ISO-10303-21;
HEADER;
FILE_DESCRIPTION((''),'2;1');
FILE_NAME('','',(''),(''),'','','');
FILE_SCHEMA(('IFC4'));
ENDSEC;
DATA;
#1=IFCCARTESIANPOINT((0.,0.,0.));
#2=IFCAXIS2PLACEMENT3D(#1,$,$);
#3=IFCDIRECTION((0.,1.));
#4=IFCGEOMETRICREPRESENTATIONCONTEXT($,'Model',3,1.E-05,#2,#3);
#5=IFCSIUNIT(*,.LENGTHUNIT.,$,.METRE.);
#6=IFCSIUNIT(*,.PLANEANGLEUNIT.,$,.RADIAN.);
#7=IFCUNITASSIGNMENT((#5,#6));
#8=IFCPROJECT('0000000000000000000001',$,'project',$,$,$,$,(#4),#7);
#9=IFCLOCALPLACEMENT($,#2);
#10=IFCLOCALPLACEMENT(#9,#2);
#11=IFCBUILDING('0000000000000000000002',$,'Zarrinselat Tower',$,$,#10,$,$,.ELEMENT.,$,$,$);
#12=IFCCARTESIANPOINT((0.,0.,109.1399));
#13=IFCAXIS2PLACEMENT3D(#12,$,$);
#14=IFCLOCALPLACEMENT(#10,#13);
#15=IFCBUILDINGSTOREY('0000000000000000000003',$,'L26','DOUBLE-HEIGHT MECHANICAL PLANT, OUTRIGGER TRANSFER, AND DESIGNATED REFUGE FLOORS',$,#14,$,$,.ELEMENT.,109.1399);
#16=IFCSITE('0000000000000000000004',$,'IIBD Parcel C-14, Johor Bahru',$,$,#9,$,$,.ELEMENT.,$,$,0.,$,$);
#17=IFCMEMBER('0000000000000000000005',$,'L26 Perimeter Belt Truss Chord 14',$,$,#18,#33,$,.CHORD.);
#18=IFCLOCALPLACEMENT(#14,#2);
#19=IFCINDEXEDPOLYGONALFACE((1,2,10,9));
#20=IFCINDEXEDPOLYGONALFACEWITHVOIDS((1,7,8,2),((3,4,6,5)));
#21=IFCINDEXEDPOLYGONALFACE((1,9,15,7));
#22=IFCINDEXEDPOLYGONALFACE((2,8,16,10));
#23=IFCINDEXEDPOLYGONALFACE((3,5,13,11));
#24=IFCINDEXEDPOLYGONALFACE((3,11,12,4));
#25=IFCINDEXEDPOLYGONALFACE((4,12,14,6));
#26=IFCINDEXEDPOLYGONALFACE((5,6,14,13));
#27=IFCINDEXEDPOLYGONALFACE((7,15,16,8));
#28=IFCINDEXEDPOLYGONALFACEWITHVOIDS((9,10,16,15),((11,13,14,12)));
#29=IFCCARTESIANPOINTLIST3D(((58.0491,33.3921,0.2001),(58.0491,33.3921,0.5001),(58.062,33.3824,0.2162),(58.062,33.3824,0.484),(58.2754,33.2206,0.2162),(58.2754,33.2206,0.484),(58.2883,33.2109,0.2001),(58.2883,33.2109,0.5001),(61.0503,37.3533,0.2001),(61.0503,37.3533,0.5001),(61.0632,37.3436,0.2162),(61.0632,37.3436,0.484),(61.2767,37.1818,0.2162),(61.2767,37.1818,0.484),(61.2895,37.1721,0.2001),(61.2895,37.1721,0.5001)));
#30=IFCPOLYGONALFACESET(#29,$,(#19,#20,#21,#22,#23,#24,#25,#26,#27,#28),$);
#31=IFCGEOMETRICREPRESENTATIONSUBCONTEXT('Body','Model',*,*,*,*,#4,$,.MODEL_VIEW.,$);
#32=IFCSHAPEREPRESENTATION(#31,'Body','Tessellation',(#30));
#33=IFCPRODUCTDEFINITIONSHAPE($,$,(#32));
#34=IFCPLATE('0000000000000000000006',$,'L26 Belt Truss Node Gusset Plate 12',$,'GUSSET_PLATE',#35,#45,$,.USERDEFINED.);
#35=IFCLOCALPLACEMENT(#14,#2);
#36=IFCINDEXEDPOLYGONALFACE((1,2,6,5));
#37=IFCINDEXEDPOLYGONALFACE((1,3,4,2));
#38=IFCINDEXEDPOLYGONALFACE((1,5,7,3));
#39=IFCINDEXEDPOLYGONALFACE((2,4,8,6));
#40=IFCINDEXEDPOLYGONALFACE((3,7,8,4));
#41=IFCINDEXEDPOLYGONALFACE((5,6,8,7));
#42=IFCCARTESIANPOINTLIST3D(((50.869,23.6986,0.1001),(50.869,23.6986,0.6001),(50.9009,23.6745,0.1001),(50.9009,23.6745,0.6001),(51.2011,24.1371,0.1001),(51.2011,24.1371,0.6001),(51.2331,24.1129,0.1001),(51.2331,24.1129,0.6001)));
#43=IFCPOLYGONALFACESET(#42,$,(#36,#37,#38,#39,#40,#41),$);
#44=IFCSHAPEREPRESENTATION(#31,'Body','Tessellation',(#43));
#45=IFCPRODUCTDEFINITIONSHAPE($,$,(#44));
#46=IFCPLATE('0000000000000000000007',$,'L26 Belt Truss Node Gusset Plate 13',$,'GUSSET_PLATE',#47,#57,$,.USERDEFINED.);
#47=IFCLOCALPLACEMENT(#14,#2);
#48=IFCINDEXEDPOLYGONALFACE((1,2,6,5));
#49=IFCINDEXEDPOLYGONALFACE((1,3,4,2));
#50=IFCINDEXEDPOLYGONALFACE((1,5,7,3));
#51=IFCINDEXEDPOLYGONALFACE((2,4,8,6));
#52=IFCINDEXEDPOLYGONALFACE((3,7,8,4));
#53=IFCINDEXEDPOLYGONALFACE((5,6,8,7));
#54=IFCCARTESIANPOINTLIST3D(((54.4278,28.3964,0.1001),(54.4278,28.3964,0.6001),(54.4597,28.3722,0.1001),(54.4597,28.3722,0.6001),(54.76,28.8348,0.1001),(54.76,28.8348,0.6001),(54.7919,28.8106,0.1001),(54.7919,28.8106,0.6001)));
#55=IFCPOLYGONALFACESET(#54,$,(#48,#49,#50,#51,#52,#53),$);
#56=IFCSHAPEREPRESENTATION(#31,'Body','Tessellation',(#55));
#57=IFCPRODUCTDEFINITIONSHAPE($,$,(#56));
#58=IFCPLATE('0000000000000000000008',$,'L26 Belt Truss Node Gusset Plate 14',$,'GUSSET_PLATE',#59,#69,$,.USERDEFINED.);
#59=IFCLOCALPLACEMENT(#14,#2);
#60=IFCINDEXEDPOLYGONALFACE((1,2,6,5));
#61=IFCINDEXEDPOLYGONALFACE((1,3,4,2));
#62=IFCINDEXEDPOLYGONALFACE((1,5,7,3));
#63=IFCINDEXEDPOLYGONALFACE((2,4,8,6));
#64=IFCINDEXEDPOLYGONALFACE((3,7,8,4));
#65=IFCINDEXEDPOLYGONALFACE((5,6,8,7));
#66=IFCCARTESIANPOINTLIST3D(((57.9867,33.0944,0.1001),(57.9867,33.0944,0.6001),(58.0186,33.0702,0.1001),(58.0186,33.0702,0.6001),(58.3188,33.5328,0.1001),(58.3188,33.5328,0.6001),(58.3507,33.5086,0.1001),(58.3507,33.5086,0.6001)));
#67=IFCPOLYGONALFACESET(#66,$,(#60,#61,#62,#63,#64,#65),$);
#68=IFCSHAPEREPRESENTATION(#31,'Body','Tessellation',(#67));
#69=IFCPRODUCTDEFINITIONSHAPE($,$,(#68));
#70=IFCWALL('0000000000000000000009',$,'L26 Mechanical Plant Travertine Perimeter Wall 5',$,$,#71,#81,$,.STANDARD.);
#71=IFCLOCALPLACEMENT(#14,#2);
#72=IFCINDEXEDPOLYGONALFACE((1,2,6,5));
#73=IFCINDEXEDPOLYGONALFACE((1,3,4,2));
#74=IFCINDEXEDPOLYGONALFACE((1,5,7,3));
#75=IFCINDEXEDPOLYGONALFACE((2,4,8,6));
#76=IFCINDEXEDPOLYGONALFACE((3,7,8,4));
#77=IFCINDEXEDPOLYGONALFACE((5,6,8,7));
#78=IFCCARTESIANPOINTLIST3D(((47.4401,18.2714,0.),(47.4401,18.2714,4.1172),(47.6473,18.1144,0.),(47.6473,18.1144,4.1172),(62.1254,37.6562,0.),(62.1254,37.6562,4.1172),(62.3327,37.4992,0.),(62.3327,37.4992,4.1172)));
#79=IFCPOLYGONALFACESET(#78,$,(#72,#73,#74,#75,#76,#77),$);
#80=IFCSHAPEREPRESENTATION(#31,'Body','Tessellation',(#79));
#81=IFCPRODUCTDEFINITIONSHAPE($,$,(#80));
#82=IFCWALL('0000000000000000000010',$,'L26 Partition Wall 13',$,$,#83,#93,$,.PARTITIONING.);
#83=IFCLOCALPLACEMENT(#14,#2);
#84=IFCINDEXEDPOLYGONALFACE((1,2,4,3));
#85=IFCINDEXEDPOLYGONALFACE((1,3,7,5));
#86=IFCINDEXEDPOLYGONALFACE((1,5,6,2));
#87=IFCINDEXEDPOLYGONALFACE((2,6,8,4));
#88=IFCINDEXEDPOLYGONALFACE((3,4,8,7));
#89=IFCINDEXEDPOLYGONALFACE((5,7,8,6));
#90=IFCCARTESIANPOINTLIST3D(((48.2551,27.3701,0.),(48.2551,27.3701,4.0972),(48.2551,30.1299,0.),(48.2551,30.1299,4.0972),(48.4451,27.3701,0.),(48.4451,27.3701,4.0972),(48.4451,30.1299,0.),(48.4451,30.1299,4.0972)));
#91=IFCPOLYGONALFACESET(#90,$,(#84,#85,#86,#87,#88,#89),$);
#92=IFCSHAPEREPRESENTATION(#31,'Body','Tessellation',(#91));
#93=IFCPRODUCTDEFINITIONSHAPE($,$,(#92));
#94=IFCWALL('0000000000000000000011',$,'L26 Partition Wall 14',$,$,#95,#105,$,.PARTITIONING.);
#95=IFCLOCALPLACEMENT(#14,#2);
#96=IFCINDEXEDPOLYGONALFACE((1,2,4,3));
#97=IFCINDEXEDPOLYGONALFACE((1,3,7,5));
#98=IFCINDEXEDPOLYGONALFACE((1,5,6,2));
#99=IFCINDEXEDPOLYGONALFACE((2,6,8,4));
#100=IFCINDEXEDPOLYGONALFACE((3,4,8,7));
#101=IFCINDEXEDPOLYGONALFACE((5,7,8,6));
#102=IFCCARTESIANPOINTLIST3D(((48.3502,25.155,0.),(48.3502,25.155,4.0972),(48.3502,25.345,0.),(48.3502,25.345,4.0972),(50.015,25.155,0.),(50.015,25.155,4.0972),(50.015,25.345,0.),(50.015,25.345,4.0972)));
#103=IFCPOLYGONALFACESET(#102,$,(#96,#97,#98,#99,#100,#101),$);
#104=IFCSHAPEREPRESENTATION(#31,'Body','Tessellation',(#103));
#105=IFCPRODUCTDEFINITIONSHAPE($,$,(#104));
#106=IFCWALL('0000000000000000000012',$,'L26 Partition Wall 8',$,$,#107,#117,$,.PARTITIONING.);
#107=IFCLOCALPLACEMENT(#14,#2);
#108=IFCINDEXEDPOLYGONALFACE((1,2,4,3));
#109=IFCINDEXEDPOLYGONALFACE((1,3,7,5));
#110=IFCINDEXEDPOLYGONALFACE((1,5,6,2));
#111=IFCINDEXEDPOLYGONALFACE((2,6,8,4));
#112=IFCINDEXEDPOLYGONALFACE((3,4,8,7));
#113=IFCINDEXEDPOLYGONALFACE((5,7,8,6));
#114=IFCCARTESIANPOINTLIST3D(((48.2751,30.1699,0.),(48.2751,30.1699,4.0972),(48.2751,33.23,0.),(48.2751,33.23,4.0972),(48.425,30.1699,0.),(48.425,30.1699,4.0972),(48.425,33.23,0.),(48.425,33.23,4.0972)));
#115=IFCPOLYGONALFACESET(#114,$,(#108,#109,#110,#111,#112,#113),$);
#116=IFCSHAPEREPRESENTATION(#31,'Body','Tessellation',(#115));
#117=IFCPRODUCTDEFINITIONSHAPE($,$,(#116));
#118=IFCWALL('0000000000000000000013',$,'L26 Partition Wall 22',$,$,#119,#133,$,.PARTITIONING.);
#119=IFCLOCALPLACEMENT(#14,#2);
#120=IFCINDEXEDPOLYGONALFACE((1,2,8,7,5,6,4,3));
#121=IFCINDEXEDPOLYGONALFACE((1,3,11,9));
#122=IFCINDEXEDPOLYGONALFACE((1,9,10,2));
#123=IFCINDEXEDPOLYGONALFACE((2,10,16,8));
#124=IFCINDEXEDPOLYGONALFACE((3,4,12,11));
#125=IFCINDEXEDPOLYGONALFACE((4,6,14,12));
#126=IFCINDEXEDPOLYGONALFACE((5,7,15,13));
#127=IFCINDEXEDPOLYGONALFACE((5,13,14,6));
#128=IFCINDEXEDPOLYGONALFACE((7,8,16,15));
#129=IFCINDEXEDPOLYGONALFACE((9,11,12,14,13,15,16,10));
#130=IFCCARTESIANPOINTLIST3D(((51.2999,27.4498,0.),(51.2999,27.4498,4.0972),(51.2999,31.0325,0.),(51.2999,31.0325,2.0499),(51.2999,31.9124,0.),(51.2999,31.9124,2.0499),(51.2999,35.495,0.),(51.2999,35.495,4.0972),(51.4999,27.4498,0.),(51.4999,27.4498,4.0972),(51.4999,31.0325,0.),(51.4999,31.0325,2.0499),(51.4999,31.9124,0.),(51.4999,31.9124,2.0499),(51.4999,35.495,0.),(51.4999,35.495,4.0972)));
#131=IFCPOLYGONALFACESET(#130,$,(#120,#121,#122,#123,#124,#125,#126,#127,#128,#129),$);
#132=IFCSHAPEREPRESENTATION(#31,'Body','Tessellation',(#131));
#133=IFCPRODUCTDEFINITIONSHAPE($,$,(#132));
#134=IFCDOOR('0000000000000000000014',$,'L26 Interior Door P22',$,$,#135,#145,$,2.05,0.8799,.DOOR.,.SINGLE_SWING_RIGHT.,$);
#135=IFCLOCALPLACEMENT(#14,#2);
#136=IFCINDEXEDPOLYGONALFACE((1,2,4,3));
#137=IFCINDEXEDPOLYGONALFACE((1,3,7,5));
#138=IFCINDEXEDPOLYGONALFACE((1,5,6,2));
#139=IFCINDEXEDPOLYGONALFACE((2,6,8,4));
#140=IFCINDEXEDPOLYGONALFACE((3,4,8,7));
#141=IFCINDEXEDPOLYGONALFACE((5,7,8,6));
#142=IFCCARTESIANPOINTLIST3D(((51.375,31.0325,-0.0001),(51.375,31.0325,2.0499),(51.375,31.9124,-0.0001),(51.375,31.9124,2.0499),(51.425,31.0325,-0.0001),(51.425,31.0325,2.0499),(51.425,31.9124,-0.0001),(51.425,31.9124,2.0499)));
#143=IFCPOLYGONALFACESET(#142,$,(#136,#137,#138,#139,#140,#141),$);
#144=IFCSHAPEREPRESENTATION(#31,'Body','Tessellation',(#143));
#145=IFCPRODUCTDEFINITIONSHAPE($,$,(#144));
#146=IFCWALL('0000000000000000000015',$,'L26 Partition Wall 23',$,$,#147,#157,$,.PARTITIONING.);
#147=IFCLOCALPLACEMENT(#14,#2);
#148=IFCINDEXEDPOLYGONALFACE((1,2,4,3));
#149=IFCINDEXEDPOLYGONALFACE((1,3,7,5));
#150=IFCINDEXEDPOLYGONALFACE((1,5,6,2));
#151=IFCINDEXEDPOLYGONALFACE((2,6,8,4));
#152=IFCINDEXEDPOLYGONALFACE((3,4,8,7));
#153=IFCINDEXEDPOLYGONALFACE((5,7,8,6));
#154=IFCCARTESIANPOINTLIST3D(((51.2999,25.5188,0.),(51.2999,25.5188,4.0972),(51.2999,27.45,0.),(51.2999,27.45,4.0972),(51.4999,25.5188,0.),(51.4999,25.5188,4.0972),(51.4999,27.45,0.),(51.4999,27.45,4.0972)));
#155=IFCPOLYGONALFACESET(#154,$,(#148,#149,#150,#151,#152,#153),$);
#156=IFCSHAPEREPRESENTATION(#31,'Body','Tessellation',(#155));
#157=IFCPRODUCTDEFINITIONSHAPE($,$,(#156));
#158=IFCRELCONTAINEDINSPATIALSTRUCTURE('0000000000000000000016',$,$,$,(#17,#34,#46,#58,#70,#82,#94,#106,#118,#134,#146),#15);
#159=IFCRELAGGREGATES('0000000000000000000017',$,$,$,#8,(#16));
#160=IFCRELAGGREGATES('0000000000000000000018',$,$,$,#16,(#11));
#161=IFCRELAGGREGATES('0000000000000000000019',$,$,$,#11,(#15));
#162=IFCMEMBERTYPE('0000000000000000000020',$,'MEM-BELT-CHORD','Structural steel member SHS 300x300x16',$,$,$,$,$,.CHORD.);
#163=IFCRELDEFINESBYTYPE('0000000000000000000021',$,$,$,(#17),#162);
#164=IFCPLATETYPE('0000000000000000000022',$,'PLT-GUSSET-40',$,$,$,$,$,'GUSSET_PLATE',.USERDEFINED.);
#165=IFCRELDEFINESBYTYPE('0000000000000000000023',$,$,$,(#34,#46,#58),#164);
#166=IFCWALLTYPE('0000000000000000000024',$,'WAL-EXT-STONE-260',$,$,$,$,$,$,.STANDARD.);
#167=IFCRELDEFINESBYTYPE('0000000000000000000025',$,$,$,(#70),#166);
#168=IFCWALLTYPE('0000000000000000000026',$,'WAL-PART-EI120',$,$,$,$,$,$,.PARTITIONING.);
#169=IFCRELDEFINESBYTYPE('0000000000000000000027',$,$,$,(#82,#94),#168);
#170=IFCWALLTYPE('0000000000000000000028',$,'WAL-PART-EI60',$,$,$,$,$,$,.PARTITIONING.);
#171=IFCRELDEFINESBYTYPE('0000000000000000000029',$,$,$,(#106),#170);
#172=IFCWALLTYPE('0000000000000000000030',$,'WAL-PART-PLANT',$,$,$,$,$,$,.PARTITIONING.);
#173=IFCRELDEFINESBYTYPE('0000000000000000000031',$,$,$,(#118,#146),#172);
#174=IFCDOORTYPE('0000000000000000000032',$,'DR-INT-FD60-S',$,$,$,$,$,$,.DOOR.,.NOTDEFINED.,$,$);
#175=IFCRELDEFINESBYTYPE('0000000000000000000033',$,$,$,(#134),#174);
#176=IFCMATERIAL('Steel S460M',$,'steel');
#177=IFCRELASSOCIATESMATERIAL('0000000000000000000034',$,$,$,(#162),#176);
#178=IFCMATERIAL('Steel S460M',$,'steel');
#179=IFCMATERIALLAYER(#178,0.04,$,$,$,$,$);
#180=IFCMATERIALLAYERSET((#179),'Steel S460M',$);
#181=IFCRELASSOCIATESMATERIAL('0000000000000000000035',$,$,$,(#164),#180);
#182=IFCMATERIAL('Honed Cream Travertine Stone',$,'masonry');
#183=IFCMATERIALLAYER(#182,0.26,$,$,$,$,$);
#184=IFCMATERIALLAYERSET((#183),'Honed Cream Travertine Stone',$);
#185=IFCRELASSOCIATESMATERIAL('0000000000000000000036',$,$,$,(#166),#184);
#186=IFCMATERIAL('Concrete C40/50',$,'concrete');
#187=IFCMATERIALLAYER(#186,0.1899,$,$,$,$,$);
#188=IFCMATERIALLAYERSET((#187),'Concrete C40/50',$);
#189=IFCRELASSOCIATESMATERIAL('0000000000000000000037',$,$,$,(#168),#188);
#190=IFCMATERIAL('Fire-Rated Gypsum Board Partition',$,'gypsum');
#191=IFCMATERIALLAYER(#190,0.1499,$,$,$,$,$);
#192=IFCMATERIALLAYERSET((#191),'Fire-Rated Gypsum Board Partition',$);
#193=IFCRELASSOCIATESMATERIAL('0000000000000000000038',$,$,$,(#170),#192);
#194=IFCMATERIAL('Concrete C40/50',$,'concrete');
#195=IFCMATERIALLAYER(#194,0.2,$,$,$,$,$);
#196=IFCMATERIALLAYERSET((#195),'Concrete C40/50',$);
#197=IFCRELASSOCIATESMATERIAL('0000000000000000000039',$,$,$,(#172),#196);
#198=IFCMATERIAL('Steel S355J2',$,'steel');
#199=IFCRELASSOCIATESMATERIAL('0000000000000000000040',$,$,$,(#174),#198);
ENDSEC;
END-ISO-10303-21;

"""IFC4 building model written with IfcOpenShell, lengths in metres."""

from ifc_helpers import new_model, si_unit, direction, frame, frame_2d, origin, origin_2d, place, context, subcontext, project, spatial, rectangle, hollow_rectangle, extrude, material, layer, layer_set, material_profile, profile_set, type_object, element, fill, save


model = new_model("IFC4")

# Units and contexts
model_context = context("Model", 3, precision=1e-05, world=origin(), true_north=direction((0.0, 1.0)))
body_context = subcontext(model_context, "Body", "Model", "MODEL_VIEW")
ifc_project = project(units=[si_unit("LENGTHUNIT", "METRE"), si_unit("PLANEANGLEUNIT", "RADIAN")], contexts=[model_context])

# Site, building, storey
site_placement = place(None, origin())
site = spatial("IfcSite", under=ifc_project, at=site_placement, Name="IIBD Parcel C-14, Johor Bahru", CompositionType="ELEMENT", RefElevation=0.0)
building_placement = place(site_placement, origin())
building = spatial("IfcBuilding", under=site, at=building_placement, Name="Zarrinselat Tower", CompositionType="ELEMENT")
storey_placement = place(building_placement, frame((0.0, 0.0, 109.1399)))
storey = spatial("IfcBuildingStorey", under=building, at=storey_placement, Name="L26", Description="DOUBLE-HEIGHT MECHANICAL PLANT, OUTRIGGER TRANSFER, AND DESIGNATED REFUGE FLOORS", CompositionType="ELEMENT", Elevation=109.1399)

# Member
ifc_material_1 = material(Name="Steel S460M", Category="steel")
ifc_material_profile_1 = material_profile(ifc_material_1, hollow_rectangle(XDim=0.3, YDim=0.3, WallThickness=0.0161, at=origin_2d()), Name="SHS 300x300x16")
ifc_profile_set_1 = profile_set([ifc_material_profile_1], Name="Steel S460M")
member_type_1 = type_object("IfcMemberType", Name="MEM-BELT-CHORD", Description="Structural steel member SHS 300x300x16", PredefinedType="CHORD", material=ifc_profile_set_1)
for number, where, z_axis, x_axis, name in (
    (1, (58.1687, 33.3015, 0.3501), (0.603899, 0.797061, 0.0), (-0.797061, 0.603899, 0.0), "L26 Perimeter Belt Truss Chord 14"),
):
    element("IfcMember", number, at=place(storey_placement, frame(where, z_axis=z_axis, x_axis=x_axis)), inside=storey, type_object=member_type_1, Name=name, PredefinedType="CHORD", context=body_context, shape_type="SweptSolid", body=[
        extrude(hollow_rectangle(XDim=0.3, YDim=0.3, WallThickness=0.0161, at=origin_2d()), origin(), (0.0, 0.0, 1.0), 4.9697),
    ])

# Plates
ifc_material_2 = material(Name="Steel S460M", Category="steel")
ifc_layer_1 = layer(ifc_material_2, 0.04)
ifc_layer_set_1 = layer_set([ifc_layer_1], Name="Steel S460M")
plate_type = type_object("IfcPlateType", Name="PLT-GUSSET-40", ElementType="GUSSET_PLATE", PredefinedType="USERDEFINED", material=ifc_layer_set_1)
for number, where, z_axis, x_axis, name in (
    (2, (51.051, 23.9058, 0.1001), (0.0, 0.0, 1.0), (0.603851, 0.797097, 0.0), "L26 Belt Truss Node Gusset Plate 12"),
    (3, (54.6099, 28.6035, 0.1001), (0.0, 0.0, 1.0), (0.603851, 0.797097, 0.0), "L26 Belt Truss Node Gusset Plate 13"),
    (4, (58.1687, 33.3015, 0.1001), (0.0, 0.0, 1.0), (0.603862, 0.797089, 0.0), "L26 Belt Truss Node Gusset Plate 14"),
):
    element("IfcPlate", number, at=place(storey_placement, frame(where, z_axis=z_axis, x_axis=x_axis)), inside=storey, type_object=plate_type, Name=name, ObjectType="GUSSET_PLATE", PredefinedType="USERDEFINED", context=body_context, shape_type="SweptSolid", body=[
        extrude(rectangle(XDim=0.55, YDim=0.04, at=origin_2d()), origin(), (0.0, 0.0, 1.0), 0.5),
    ])

# Walls
ifc_material_3 = material(Name="Honed Cream Travertine Stone", Category="masonry")
ifc_layer_2 = layer(ifc_material_3, 0.26)
ifc_layer_set_2 = layer_set([ifc_layer_2], Name="Honed Cream Travertine Stone")
wall_type_1 = type_object("IfcWallType", Name="WAL-EXT-STONE-260", PredefinedType="STANDARD", material=ifc_layer_set_2)
wall_1_placement = place(storey_placement, frame((47.5437, 18.1929, 0.0), z_axis=(0.0, 0.0, 1.0), x_axis=(0.603854, 0.797095, 0.0)))
element("IfcWall", 5, at=wall_1_placement, inside=storey, type_object=wall_type_1, Name="L26 Mechanical Plant Travertine Perimeter Wall 5", PredefinedType="STANDARD", context=body_context, shape_type="SweptSolid", body=[
    extrude(rectangle(XDim=24.3193, YDim=0.26, at=frame_2d((12.1597, 0.0))), origin(), (0.0, 0.0, 1.0), 4.1172),
])
ifc_material_4 = material(Name="Concrete C40/50", Category="concrete")
ifc_layer_3 = layer(ifc_material_4, 0.1899)
ifc_layer_set_3 = layer_set([ifc_layer_3], Name="Concrete C40/50")
wall_type_2 = type_object("IfcWallType", Name="WAL-PART-EI120", PredefinedType="PARTITIONING", material=ifc_layer_set_3)
wall_2_placement = place(storey_placement, frame((48.3501, 27.3701, 0.0), z_axis=(0.0, 0.0, 1.0), x_axis=(0.0, 1.0, 0.0)))
element("IfcWall", 6, at=wall_2_placement, inside=storey, type_object=wall_type_2, Name="L26 Partition Wall 13", PredefinedType="PARTITIONING", context=body_context, shape_type="SweptSolid", body=[
    extrude(rectangle(XDim=2.7598, YDim=0.1899, at=frame_2d((1.3799, 0.0))), origin(), (0.0, 0.0, 1.0), 4.0972),
])
wall_3_placement = place(storey_placement, frame((48.3501, 25.25, 0.0), z_axis=(0.0, 0.0, 1.0), x_axis=(1.0, 0.0, 0.0)))
element("IfcWall", 7, at=wall_3_placement, inside=storey, type_object=wall_type_2, Name="L26 Partition Wall 14", PredefinedType="PARTITIONING", context=body_context, shape_type="SweptSolid", body=[
    extrude(rectangle(XDim=1.6648, YDim=0.1899, at=frame_2d((0.8325, 0.0))), origin(), (0.0, 0.0, 1.0), 4.0972),
])
ifc_material_5 = material(Name="Fire-Rated Gypsum Board Partition", Category="gypsum")
ifc_layer_4 = layer(ifc_material_5, 0.1499)
ifc_layer_set_4 = layer_set([ifc_layer_4], Name="Fire-Rated Gypsum Board Partition")
wall_type_3 = type_object("IfcWallType", Name="WAL-PART-EI60", PredefinedType="PARTITIONING", material=ifc_layer_set_4)
wall_4_placement = place(storey_placement, frame((48.3501, 30.1699, 0.0), z_axis=(0.0, 0.0, 1.0), x_axis=(0.0, 1.0, 0.0)))
element("IfcWall", 8, at=wall_4_placement, inside=storey, type_object=wall_type_3, Name="L26 Partition Wall 8", PredefinedType="PARTITIONING", context=body_context, shape_type="SweptSolid", body=[
    extrude(rectangle(XDim=3.0601, YDim=0.1499, at=frame_2d((1.53, 0.0))), origin(), (0.0, 0.0, 1.0), 4.0972),
])

# Wall, opening, door
ifc_material_6 = material(Name="Concrete C40/50", Category="concrete")
ifc_layer_5 = layer(ifc_material_6, 0.2)
ifc_layer_set_5 = layer_set([ifc_layer_5], Name="Concrete C40/50")
wall_type_4 = type_object("IfcWallType", Name="WAL-PART-PLANT", PredefinedType="PARTITIONING", material=ifc_layer_set_5)
wall_5_placement = place(storey_placement, frame((51.3999, 27.45, 0.0), z_axis=(0.0, 0.0, 1.0), x_axis=(0.0, 1.0, 0.0)))
wall_5 = element("IfcWall", 9, at=wall_5_placement, inside=storey, type_object=wall_type_4, Name="L26 Partition Wall 22", PredefinedType="PARTITIONING", context=body_context, shape_type="SweptSolid", body=[
    extrude(rectangle(XDim=8.0452, YDim=0.2, at=frame_2d((4.0225, 0.0))), origin(), (0.0, 0.0, 1.0), 4.0972),
])
opening_1_placement = place(wall_5_placement, frame((3.5825, 0.0, 0.0)))
opening_1 = element("IfcOpeningElement", 10, at=opening_1_placement, cuts=wall_5, PredefinedType="OPENING", context=body_context, shape_type="SweptSolid", body=[
    extrude(rectangle(XDim=0.8799, YDim=2.05, at=frame_2d((0.4399, 1.0249))), frame((0.0, 0.1099, 0.0), z_axis=(0.0, -1.0, 0.0), x_axis=(1.0, 0.0, 0.0)), (0.0, 0.0, 1.0), 0.22),
])
ifc_material_7 = material(Name="Steel S355J2", Category="steel")
door_type = type_object("IfcDoorType", Name="DR-INT-FD60-S", OperationType="NOTDEFINED", PredefinedType="DOOR", material=ifc_material_7)
door_1_placement = place(opening_1_placement, origin())
door_1 = element("IfcDoor", 11, at=door_1_placement, inside=storey, type_object=door_type, Name="L26 Interior Door P22", OperationType="SINGLE_SWING_RIGHT", OverallHeight=2.05, OverallWidth=0.8799, PredefinedType="DOOR", context=body_context, shape_type="SweptSolid", body=[
    extrude(rectangle(XDim=0.8799, YDim=2.05, at=frame_2d((0.4399, 1.0249))), frame((0.0, 0.0249, 0.0), z_axis=(0.0, -1.0, 0.0), x_axis=(1.0, 0.0, 0.0)), (0.0, 0.0, 1.0), 0.05),
])
fill(opening_1, door_1)

# Wall
wall_6_placement = place(storey_placement, frame((51.3999, 25.5188, 0.0), z_axis=(0.0, 0.0, 1.0), x_axis=(0.0, 1.0, 0.0)))
element("IfcWall", 12, at=wall_6_placement, inside=storey, type_object=wall_type_4, Name="L26 Partition Wall 23", PredefinedType="PARTITIONING", context=body_context, shape_type="SweptSolid", body=[
    extrude(rectangle(XDim=1.9312, YDim=0.2, at=frame_2d((0.9656, 0.0))), origin(), (0.0, 0.0, 1.0), 4.0972),
])

save(model, "model.ifc")
